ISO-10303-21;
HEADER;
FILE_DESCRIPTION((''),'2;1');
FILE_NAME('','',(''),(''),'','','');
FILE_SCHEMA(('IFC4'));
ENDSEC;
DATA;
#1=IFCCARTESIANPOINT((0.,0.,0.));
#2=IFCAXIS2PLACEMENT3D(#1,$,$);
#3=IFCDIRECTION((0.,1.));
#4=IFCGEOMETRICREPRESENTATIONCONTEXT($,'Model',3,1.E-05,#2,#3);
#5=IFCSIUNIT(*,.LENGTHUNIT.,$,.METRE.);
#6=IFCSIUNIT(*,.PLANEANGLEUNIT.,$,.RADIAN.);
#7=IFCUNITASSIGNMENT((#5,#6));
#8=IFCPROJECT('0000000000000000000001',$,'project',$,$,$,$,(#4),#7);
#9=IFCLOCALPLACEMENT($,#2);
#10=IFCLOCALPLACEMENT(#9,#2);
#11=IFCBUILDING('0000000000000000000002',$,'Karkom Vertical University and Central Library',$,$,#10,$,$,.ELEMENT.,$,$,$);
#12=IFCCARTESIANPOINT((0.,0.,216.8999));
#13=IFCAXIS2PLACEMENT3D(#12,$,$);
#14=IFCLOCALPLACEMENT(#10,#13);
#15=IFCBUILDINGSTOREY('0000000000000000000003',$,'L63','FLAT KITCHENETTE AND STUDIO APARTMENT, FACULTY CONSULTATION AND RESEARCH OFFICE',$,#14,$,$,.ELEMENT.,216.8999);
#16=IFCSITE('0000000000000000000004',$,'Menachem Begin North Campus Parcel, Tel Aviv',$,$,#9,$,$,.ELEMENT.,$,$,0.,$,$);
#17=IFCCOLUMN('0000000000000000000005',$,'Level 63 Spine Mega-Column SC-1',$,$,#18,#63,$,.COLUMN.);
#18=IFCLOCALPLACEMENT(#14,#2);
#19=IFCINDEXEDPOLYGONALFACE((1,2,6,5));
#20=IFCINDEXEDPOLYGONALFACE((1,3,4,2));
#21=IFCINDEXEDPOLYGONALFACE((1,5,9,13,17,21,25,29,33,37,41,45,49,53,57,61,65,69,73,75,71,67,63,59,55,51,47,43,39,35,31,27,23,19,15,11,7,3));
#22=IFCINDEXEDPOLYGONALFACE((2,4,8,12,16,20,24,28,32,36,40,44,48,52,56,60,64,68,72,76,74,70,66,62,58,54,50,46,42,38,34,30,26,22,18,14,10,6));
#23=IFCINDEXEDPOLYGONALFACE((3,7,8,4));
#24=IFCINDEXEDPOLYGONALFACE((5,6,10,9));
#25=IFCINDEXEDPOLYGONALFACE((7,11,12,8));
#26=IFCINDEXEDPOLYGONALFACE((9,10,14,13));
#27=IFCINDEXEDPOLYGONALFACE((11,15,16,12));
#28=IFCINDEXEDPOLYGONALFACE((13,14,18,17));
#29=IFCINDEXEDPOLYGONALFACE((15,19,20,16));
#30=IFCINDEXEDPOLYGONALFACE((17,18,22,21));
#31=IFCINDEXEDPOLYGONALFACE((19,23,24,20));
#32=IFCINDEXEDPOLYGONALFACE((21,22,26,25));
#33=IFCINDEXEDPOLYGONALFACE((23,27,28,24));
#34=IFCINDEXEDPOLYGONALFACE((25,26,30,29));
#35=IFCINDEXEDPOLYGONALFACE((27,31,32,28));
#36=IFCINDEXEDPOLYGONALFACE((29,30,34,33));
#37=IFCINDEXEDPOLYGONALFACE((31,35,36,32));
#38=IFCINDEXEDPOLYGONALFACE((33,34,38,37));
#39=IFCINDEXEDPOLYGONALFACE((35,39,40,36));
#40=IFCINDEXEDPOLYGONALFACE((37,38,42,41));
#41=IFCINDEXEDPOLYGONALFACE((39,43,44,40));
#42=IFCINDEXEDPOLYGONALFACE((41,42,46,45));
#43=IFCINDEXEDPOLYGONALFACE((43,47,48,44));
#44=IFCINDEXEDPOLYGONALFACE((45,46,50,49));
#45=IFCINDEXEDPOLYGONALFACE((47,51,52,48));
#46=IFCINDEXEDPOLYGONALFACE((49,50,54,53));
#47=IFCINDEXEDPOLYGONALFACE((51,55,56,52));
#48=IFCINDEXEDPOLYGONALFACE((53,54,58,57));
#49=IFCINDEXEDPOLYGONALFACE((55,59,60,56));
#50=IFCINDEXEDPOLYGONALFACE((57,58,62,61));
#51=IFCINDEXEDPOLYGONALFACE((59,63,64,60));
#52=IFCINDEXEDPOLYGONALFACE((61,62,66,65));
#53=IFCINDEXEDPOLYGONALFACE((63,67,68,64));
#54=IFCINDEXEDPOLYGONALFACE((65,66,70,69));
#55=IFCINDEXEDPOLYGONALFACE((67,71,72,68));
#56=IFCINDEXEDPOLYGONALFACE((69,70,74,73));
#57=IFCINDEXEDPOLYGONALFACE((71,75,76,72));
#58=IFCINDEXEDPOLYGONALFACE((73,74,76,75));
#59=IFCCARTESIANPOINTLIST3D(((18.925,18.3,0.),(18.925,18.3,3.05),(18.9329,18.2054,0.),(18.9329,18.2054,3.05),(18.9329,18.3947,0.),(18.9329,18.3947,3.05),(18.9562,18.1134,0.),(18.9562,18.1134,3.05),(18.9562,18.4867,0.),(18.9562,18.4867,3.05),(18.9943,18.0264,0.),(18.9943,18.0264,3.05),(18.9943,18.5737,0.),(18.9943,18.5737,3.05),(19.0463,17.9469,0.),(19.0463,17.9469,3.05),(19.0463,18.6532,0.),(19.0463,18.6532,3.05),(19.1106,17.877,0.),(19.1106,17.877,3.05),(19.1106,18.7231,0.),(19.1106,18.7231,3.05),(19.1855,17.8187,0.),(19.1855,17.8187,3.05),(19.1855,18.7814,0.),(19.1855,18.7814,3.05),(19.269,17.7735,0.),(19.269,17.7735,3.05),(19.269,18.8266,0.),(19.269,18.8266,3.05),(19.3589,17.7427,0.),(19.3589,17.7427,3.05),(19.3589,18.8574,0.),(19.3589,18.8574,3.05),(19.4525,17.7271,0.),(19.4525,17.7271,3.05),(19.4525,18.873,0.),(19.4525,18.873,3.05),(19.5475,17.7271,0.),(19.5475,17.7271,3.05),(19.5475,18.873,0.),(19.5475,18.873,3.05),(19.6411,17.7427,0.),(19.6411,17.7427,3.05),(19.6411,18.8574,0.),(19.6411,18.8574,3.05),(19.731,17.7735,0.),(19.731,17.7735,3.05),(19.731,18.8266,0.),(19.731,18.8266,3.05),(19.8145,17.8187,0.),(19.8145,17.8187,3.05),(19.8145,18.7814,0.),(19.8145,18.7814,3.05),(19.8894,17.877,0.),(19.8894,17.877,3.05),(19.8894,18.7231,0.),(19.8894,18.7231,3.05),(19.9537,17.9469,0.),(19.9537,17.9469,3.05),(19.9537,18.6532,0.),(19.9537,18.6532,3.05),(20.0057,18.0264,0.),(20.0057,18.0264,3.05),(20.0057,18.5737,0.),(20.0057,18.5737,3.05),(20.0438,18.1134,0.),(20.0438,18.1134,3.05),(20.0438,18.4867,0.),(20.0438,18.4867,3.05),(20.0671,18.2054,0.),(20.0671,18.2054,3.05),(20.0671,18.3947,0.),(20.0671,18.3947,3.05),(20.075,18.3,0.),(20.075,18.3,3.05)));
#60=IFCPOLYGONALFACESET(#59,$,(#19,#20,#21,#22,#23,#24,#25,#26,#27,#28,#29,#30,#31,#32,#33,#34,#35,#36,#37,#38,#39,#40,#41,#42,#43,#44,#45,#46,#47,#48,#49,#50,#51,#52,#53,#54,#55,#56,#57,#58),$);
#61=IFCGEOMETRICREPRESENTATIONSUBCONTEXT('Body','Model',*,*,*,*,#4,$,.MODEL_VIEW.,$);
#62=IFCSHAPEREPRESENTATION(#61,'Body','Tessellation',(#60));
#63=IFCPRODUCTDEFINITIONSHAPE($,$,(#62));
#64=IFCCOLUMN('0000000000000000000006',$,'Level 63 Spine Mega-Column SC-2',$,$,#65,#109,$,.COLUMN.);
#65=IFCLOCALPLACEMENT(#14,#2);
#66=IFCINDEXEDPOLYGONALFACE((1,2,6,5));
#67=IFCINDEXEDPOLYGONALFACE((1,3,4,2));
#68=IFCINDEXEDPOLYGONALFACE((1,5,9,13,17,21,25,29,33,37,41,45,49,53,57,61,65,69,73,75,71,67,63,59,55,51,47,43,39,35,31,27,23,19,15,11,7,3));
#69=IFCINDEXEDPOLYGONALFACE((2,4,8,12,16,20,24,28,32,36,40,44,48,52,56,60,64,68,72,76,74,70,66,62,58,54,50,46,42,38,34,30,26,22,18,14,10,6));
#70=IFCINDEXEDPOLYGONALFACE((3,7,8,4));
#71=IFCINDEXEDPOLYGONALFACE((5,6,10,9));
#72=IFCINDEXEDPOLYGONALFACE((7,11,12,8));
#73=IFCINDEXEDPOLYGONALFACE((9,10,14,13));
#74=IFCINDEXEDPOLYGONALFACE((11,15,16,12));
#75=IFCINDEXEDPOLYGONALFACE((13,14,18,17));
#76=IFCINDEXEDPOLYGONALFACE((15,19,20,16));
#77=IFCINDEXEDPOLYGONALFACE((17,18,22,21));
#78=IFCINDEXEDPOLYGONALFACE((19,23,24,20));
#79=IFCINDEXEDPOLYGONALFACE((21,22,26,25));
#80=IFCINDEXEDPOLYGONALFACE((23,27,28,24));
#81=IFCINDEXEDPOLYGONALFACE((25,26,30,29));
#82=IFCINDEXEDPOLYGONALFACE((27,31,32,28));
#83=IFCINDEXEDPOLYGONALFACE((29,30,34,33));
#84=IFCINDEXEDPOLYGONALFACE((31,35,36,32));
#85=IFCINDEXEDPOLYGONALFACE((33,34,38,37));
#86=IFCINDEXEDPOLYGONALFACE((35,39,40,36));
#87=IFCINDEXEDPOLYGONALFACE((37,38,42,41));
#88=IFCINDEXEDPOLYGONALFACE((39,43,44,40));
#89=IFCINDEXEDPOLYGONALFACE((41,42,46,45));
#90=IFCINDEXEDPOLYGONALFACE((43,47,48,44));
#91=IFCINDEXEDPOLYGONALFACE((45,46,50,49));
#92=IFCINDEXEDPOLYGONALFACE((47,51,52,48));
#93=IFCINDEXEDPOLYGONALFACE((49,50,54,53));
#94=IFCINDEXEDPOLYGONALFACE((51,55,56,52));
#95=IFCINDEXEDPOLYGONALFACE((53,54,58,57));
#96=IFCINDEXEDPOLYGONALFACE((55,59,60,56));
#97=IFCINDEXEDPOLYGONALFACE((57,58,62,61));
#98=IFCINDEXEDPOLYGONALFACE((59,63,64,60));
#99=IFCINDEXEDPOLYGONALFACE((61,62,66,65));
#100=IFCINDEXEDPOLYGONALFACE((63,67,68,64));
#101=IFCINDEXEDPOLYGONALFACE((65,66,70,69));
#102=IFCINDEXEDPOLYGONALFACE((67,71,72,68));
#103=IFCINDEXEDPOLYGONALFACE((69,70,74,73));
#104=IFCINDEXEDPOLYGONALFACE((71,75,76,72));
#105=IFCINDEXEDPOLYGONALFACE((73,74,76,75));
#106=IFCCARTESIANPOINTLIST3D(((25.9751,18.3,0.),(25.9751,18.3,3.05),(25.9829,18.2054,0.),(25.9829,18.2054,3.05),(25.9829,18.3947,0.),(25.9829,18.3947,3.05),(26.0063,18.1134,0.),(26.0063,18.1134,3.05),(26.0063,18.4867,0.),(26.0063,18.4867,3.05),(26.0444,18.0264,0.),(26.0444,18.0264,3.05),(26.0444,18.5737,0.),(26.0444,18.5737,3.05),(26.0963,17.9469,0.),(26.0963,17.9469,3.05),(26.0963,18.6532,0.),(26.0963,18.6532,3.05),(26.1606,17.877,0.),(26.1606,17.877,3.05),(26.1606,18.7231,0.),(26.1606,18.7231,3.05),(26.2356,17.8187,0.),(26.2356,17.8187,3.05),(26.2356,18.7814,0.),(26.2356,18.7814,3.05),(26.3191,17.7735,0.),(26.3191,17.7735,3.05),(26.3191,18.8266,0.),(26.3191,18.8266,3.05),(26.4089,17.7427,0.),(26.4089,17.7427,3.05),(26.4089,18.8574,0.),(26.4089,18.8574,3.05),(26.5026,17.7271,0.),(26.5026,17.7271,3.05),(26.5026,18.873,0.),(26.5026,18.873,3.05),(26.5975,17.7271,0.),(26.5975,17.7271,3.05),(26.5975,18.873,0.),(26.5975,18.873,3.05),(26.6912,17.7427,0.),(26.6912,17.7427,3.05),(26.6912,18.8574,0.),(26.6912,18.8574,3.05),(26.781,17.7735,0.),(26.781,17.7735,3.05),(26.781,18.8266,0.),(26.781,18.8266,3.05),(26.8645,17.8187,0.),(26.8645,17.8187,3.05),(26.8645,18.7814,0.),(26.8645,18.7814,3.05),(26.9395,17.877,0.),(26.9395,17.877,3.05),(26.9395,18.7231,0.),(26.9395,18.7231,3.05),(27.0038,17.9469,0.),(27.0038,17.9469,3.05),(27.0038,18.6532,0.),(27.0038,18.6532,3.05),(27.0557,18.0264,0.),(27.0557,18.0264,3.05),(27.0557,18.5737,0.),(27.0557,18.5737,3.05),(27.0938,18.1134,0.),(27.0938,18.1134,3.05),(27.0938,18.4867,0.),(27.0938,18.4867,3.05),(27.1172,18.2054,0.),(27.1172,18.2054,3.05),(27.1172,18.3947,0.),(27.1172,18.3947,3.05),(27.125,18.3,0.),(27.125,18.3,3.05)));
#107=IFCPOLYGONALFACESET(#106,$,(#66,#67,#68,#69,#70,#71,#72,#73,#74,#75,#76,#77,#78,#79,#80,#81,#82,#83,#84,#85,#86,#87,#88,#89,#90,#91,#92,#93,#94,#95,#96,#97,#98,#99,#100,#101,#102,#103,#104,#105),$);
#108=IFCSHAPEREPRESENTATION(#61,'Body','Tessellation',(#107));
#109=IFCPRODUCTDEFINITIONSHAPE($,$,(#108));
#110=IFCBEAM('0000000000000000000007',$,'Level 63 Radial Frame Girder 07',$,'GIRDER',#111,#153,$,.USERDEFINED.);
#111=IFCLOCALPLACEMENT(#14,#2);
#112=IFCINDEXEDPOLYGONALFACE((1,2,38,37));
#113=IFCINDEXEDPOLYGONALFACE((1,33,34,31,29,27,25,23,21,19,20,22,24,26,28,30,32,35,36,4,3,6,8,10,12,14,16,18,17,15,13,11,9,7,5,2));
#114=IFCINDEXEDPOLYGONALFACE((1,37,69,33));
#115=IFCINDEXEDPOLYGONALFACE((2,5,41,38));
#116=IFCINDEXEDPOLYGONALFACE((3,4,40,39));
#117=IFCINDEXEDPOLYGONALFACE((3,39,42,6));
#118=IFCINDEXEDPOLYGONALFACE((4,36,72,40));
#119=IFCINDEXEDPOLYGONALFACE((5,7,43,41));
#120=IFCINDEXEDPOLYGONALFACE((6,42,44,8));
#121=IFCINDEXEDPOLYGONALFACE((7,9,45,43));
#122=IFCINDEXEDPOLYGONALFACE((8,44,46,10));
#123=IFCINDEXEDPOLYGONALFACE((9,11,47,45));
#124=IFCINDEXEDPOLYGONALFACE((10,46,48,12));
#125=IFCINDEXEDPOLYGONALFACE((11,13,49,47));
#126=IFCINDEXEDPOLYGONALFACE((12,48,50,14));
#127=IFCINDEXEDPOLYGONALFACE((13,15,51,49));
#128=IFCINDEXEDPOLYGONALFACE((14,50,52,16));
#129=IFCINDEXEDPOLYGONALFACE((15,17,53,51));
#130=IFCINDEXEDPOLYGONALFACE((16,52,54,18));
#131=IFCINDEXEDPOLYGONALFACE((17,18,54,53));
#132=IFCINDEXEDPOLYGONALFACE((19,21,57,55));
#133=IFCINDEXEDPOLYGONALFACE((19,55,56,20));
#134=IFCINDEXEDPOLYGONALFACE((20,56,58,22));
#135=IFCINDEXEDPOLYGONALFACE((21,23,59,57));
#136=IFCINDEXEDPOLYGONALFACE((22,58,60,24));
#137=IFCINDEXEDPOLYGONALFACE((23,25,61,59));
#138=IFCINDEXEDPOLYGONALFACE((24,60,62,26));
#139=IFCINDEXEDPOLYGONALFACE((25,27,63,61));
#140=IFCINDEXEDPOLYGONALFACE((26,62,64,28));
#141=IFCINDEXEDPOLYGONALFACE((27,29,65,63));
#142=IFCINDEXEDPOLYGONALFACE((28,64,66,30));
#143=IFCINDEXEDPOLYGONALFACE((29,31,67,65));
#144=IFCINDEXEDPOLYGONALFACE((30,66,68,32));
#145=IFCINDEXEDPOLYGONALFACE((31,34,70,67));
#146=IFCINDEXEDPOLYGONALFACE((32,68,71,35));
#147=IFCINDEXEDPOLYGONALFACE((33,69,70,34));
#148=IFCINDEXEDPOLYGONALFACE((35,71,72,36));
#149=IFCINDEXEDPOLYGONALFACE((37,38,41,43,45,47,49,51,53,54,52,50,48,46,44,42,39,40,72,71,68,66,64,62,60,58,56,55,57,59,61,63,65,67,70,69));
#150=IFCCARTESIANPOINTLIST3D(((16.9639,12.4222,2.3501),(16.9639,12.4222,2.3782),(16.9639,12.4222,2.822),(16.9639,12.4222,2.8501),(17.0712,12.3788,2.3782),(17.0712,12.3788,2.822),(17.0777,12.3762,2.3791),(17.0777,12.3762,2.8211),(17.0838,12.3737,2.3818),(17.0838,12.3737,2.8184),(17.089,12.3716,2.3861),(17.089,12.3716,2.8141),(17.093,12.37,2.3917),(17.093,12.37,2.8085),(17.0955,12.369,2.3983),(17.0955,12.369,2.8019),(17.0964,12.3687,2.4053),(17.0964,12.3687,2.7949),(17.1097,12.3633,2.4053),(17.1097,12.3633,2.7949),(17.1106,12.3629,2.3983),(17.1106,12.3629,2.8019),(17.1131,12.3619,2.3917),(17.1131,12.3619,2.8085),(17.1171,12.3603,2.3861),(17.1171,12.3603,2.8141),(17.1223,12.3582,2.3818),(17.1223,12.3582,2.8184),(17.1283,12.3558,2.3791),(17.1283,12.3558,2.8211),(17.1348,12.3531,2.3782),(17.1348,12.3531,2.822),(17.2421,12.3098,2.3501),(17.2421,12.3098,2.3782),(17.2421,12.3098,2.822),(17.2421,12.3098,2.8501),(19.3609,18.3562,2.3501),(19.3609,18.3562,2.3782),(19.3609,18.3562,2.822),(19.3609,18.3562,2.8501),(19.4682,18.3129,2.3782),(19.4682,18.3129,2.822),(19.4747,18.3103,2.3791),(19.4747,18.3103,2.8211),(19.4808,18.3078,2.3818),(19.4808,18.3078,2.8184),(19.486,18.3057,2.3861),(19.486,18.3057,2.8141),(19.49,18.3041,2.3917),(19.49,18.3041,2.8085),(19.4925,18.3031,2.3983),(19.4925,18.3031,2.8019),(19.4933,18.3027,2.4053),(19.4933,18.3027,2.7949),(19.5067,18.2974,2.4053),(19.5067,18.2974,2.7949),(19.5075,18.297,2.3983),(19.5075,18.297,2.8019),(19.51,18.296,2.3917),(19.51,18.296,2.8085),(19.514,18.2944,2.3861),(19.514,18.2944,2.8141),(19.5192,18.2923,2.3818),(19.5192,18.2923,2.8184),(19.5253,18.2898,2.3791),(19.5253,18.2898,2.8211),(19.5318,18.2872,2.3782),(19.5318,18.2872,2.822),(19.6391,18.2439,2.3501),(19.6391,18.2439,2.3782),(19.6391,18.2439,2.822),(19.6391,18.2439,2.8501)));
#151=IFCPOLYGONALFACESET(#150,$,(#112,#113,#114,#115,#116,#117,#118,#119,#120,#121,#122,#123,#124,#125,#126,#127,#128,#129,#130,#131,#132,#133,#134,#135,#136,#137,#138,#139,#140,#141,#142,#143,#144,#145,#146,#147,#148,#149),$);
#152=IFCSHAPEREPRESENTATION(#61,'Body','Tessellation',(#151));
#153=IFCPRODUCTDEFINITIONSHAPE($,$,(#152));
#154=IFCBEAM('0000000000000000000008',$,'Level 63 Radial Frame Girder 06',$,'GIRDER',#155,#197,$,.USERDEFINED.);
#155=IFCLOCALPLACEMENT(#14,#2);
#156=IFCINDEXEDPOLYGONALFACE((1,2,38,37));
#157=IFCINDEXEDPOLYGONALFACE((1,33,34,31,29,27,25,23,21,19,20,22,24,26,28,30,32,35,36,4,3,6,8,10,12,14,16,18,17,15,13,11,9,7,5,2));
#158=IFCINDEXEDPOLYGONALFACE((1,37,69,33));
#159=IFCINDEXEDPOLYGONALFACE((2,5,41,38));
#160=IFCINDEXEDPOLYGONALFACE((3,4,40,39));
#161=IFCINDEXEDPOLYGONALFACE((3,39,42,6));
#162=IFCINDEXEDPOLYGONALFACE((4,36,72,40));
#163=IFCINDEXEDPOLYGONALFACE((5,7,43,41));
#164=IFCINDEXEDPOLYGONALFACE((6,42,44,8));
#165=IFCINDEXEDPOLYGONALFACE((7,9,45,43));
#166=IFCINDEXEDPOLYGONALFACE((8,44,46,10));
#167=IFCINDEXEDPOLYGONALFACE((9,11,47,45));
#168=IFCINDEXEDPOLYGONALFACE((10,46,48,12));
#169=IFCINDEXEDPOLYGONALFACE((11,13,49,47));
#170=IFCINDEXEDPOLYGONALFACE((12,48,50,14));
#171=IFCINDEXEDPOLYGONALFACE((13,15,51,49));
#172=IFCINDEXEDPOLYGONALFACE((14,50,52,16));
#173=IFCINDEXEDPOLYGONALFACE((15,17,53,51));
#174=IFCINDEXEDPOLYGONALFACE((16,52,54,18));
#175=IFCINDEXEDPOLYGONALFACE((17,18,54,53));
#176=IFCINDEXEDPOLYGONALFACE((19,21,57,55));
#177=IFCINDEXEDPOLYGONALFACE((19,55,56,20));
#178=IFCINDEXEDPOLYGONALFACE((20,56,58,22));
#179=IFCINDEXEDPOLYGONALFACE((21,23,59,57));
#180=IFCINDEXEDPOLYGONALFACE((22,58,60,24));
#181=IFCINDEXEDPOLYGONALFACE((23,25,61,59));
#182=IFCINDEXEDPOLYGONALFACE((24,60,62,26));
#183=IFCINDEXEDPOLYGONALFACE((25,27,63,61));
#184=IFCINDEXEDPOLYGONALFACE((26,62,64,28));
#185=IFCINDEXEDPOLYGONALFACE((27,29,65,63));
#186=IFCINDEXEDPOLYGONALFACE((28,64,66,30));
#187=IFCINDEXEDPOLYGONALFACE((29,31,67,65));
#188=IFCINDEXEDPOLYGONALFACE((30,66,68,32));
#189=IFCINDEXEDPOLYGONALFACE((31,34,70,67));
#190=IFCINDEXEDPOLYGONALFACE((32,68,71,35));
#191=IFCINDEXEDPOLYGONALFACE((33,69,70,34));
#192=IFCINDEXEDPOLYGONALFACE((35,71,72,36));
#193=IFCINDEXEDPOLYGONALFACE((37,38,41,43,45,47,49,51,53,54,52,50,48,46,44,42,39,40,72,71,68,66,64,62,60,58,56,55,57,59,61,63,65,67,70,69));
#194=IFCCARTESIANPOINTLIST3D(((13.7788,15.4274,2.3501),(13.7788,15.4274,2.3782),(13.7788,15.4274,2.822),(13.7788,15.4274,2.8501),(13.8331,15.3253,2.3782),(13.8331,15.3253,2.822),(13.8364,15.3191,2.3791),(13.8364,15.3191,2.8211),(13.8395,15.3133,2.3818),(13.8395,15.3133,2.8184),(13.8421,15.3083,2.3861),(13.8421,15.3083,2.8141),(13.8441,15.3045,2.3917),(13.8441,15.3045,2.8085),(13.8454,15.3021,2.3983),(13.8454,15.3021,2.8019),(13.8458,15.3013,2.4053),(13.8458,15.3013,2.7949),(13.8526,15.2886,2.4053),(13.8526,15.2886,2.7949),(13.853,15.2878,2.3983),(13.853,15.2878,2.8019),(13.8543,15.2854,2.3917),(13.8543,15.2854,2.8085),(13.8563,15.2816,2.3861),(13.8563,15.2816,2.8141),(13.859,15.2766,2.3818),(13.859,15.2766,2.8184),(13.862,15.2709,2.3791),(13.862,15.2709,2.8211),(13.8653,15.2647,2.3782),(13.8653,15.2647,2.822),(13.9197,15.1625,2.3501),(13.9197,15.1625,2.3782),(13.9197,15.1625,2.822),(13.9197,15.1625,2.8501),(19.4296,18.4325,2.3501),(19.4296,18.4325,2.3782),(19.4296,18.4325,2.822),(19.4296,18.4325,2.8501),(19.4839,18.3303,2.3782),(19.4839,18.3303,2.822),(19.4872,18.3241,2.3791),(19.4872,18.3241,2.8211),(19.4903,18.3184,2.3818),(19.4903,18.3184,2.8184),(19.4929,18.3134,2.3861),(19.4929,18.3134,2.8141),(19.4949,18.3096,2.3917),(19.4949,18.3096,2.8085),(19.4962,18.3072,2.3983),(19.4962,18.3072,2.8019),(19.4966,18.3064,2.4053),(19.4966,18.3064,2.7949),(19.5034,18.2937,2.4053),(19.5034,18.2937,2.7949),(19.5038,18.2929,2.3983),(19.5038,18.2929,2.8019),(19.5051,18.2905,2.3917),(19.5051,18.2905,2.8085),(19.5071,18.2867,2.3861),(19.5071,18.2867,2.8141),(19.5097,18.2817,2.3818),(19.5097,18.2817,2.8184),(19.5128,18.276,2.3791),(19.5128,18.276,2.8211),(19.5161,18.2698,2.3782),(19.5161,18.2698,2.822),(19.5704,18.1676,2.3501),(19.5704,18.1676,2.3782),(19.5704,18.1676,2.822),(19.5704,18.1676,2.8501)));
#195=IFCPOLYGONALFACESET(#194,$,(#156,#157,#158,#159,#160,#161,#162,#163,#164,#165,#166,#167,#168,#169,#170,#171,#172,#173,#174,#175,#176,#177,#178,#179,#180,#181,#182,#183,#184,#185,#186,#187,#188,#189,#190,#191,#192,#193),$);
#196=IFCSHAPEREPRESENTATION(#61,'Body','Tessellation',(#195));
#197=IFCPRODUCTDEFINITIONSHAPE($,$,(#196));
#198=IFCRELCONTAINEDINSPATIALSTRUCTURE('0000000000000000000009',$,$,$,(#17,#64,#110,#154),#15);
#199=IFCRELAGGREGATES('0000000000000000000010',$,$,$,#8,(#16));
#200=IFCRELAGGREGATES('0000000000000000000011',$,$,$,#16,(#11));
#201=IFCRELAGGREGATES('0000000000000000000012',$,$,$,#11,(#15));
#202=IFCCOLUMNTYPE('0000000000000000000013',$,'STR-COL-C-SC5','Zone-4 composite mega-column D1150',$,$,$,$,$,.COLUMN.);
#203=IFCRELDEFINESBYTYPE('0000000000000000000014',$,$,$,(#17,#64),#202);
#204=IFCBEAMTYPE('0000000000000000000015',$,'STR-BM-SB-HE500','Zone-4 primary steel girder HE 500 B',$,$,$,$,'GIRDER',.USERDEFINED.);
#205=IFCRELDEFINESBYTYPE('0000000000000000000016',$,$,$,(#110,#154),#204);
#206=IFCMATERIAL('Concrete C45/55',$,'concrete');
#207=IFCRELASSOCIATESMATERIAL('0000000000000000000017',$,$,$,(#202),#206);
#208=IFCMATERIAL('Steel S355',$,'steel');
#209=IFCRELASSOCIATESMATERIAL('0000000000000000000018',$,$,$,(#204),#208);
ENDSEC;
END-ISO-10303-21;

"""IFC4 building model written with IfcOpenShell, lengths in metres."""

from ifc_helpers import new_model, si_unit, direction, frame, origin, origin_with_axes, origin_2d, place, context, subcontext, project, spatial, circle, i_section, extrude, source, transform, mapped, material, material_profile, profile_set, type_object, element, save


model = new_model("IFC4")

# Units and contexts
model_context = context("Model", 3, precision=1e-05, world=origin(), true_north=direction((0.0, 1.0)))
body_context = subcontext(model_context, "Body", "Model", "MODEL_VIEW")
ifc_project = project(units=[si_unit("LENGTHUNIT", "METRE"), si_unit("PLANEANGLEUNIT", "RADIAN")], contexts=[model_context])

# Site, building, storey
site_placement = place(None, origin())
site = spatial("IfcSite", under=ifc_project, at=site_placement, Name="Menachem Begin North Campus Parcel, Tel Aviv", CompositionType="ELEMENT", RefElevation=0.0)
building_placement = place(site_placement, origin())
building = spatial("IfcBuilding", under=site, at=building_placement, Name="Karkom Vertical University and Central Library", CompositionType="ELEMENT")
storey_placement = place(building_placement, frame((0.0, 0.0, 216.8999)))
storey = spatial("IfcBuildingStorey", under=building, at=storey_placement, Name="L63", Description="FLAT KITCHENETTE AND STUDIO APARTMENT, FACULTY CONSULTATION AND RESEARCH OFFICE", CompositionType="ELEMENT", Elevation=216.8999)

# Columns
ifc_material_1 = material(Name="Concrete C45/55", Category="concrete")
ifc_material_profile_1 = material_profile(ifc_material_1, circle(Radius=0.575, at=origin_2d()), Name="CFT-D1150")
ifc_profile_set_1 = profile_set([ifc_material_profile_1], Name="Concrete C45/55")
column_type = type_object("IfcColumnType", Name="STR-COL-C-SC5", Description="Zone-4 composite mega-column D1150", PredefinedType="COLUMN", material=ifc_profile_set_1)
shared_shape_1 = source(origin_with_axes(), body_context, "Body", "SweptSolid", [
    extrude(circle(Radius=0.575, at=origin_2d()), origin(), (0.0, 0.0, 1.0), 3.05),
])
for number, where, z_axis, x_axis, name in (
    (1, (19.5, 18.3, 0.0), (0.0, 0.0, 1.0), (1.0, 0.0, 0.0), "Level 63 Spine Mega-Column SC-1"),
    (2, (26.55, 18.3, 0.0), (0.0, 0.0, 1.0), (1.0, 0.0, 0.0), "Level 63 Spine Mega-Column SC-2"),
):
    element("IfcColumn", number, at=place(storey_placement, frame(where, z_axis=z_axis, x_axis=x_axis)), inside=storey, type_object=column_type, Name=name, PredefinedType="COLUMN", context=body_context, shape_type="MappedRepresentation", body=[
        mapped(shared_shape_1, transform((0.0, 0.0, 0.0), scale=1.0)),
    ])

# Beams
ifc_material_2 = material(Name="Steel S355", Category="steel")
ifc_material_profile_2 = material_profile(ifc_material_2, i_section(OverallWidth=0.3, OverallDepth=0.5, WebThickness=0.0144, FlangeThickness=0.0281, FilletRadius=0.0271, at=origin_2d()), Name="HE 500 B")
ifc_profile_set_2 = profile_set([ifc_material_profile_2], Name="Steel S355")
beam_type = type_object("IfcBeamType", Name="STR-BM-SB-HE500", Description="Zone-4 primary steel girder HE 500 B", ElementType="GIRDER", PredefinedType="USERDEFINED", material=ifc_profile_set_2)
shared_shape_2 = source(origin_with_axes(), body_context, "Body", "SweptSolid", [
    extrude(i_section(OverallWidth=0.3, OverallDepth=0.5, WebThickness=0.0144, FlangeThickness=0.0281, FilletRadius=0.0271, at=origin_2d()), origin(), (0.0, 0.0, 1.0), 6.3999),
])
beam_1_placement = place(storey_placement, frame((19.5, 18.3, 2.6001), z_axis=(-0.374532, -0.927214, 0.0), x_axis=(0.927214, -0.374532, 0.0)))
element("IfcBeam", 3, at=beam_1_placement, inside=storey, type_object=beam_type, Name="Level 63 Radial Frame Girder 07", ObjectType="GIRDER", PredefinedType="USERDEFINED", context=body_context, shape_type="MappedRepresentation", body=[
    mapped(shared_shape_2, transform((0.0, 0.0, 0.0), scale=1.0)),
])
shared_shape_3 = source(origin_with_axes(), body_context, "Body", "SweptSolid", [
    extrude(i_section(OverallWidth=0.3, OverallDepth=0.5, WebThickness=0.0144, FlangeThickness=0.0281, FilletRadius=0.0271, at=origin_2d()), origin(), (0.0, 0.0, 1.0), 6.4001),
])
beam_2_placement = place(storey_placement, frame((19.5, 18.3, 2.6001), z_axis=(-0.882915, -0.469533, 0.0), x_axis=(0.469533, -0.882915, 0.0)))
element("IfcBeam", 4, at=beam_2_placement, inside=storey, type_object=beam_type, Name="Level 63 Radial Frame Girder 06", ObjectType="GIRDER", PredefinedType="USERDEFINED", context=body_context, shape_type="MappedRepresentation", body=[
    mapped(shared_shape_3, transform((0.0, 0.0, 0.0), scale=1.0)),
])

save(model, "model.ifc")
